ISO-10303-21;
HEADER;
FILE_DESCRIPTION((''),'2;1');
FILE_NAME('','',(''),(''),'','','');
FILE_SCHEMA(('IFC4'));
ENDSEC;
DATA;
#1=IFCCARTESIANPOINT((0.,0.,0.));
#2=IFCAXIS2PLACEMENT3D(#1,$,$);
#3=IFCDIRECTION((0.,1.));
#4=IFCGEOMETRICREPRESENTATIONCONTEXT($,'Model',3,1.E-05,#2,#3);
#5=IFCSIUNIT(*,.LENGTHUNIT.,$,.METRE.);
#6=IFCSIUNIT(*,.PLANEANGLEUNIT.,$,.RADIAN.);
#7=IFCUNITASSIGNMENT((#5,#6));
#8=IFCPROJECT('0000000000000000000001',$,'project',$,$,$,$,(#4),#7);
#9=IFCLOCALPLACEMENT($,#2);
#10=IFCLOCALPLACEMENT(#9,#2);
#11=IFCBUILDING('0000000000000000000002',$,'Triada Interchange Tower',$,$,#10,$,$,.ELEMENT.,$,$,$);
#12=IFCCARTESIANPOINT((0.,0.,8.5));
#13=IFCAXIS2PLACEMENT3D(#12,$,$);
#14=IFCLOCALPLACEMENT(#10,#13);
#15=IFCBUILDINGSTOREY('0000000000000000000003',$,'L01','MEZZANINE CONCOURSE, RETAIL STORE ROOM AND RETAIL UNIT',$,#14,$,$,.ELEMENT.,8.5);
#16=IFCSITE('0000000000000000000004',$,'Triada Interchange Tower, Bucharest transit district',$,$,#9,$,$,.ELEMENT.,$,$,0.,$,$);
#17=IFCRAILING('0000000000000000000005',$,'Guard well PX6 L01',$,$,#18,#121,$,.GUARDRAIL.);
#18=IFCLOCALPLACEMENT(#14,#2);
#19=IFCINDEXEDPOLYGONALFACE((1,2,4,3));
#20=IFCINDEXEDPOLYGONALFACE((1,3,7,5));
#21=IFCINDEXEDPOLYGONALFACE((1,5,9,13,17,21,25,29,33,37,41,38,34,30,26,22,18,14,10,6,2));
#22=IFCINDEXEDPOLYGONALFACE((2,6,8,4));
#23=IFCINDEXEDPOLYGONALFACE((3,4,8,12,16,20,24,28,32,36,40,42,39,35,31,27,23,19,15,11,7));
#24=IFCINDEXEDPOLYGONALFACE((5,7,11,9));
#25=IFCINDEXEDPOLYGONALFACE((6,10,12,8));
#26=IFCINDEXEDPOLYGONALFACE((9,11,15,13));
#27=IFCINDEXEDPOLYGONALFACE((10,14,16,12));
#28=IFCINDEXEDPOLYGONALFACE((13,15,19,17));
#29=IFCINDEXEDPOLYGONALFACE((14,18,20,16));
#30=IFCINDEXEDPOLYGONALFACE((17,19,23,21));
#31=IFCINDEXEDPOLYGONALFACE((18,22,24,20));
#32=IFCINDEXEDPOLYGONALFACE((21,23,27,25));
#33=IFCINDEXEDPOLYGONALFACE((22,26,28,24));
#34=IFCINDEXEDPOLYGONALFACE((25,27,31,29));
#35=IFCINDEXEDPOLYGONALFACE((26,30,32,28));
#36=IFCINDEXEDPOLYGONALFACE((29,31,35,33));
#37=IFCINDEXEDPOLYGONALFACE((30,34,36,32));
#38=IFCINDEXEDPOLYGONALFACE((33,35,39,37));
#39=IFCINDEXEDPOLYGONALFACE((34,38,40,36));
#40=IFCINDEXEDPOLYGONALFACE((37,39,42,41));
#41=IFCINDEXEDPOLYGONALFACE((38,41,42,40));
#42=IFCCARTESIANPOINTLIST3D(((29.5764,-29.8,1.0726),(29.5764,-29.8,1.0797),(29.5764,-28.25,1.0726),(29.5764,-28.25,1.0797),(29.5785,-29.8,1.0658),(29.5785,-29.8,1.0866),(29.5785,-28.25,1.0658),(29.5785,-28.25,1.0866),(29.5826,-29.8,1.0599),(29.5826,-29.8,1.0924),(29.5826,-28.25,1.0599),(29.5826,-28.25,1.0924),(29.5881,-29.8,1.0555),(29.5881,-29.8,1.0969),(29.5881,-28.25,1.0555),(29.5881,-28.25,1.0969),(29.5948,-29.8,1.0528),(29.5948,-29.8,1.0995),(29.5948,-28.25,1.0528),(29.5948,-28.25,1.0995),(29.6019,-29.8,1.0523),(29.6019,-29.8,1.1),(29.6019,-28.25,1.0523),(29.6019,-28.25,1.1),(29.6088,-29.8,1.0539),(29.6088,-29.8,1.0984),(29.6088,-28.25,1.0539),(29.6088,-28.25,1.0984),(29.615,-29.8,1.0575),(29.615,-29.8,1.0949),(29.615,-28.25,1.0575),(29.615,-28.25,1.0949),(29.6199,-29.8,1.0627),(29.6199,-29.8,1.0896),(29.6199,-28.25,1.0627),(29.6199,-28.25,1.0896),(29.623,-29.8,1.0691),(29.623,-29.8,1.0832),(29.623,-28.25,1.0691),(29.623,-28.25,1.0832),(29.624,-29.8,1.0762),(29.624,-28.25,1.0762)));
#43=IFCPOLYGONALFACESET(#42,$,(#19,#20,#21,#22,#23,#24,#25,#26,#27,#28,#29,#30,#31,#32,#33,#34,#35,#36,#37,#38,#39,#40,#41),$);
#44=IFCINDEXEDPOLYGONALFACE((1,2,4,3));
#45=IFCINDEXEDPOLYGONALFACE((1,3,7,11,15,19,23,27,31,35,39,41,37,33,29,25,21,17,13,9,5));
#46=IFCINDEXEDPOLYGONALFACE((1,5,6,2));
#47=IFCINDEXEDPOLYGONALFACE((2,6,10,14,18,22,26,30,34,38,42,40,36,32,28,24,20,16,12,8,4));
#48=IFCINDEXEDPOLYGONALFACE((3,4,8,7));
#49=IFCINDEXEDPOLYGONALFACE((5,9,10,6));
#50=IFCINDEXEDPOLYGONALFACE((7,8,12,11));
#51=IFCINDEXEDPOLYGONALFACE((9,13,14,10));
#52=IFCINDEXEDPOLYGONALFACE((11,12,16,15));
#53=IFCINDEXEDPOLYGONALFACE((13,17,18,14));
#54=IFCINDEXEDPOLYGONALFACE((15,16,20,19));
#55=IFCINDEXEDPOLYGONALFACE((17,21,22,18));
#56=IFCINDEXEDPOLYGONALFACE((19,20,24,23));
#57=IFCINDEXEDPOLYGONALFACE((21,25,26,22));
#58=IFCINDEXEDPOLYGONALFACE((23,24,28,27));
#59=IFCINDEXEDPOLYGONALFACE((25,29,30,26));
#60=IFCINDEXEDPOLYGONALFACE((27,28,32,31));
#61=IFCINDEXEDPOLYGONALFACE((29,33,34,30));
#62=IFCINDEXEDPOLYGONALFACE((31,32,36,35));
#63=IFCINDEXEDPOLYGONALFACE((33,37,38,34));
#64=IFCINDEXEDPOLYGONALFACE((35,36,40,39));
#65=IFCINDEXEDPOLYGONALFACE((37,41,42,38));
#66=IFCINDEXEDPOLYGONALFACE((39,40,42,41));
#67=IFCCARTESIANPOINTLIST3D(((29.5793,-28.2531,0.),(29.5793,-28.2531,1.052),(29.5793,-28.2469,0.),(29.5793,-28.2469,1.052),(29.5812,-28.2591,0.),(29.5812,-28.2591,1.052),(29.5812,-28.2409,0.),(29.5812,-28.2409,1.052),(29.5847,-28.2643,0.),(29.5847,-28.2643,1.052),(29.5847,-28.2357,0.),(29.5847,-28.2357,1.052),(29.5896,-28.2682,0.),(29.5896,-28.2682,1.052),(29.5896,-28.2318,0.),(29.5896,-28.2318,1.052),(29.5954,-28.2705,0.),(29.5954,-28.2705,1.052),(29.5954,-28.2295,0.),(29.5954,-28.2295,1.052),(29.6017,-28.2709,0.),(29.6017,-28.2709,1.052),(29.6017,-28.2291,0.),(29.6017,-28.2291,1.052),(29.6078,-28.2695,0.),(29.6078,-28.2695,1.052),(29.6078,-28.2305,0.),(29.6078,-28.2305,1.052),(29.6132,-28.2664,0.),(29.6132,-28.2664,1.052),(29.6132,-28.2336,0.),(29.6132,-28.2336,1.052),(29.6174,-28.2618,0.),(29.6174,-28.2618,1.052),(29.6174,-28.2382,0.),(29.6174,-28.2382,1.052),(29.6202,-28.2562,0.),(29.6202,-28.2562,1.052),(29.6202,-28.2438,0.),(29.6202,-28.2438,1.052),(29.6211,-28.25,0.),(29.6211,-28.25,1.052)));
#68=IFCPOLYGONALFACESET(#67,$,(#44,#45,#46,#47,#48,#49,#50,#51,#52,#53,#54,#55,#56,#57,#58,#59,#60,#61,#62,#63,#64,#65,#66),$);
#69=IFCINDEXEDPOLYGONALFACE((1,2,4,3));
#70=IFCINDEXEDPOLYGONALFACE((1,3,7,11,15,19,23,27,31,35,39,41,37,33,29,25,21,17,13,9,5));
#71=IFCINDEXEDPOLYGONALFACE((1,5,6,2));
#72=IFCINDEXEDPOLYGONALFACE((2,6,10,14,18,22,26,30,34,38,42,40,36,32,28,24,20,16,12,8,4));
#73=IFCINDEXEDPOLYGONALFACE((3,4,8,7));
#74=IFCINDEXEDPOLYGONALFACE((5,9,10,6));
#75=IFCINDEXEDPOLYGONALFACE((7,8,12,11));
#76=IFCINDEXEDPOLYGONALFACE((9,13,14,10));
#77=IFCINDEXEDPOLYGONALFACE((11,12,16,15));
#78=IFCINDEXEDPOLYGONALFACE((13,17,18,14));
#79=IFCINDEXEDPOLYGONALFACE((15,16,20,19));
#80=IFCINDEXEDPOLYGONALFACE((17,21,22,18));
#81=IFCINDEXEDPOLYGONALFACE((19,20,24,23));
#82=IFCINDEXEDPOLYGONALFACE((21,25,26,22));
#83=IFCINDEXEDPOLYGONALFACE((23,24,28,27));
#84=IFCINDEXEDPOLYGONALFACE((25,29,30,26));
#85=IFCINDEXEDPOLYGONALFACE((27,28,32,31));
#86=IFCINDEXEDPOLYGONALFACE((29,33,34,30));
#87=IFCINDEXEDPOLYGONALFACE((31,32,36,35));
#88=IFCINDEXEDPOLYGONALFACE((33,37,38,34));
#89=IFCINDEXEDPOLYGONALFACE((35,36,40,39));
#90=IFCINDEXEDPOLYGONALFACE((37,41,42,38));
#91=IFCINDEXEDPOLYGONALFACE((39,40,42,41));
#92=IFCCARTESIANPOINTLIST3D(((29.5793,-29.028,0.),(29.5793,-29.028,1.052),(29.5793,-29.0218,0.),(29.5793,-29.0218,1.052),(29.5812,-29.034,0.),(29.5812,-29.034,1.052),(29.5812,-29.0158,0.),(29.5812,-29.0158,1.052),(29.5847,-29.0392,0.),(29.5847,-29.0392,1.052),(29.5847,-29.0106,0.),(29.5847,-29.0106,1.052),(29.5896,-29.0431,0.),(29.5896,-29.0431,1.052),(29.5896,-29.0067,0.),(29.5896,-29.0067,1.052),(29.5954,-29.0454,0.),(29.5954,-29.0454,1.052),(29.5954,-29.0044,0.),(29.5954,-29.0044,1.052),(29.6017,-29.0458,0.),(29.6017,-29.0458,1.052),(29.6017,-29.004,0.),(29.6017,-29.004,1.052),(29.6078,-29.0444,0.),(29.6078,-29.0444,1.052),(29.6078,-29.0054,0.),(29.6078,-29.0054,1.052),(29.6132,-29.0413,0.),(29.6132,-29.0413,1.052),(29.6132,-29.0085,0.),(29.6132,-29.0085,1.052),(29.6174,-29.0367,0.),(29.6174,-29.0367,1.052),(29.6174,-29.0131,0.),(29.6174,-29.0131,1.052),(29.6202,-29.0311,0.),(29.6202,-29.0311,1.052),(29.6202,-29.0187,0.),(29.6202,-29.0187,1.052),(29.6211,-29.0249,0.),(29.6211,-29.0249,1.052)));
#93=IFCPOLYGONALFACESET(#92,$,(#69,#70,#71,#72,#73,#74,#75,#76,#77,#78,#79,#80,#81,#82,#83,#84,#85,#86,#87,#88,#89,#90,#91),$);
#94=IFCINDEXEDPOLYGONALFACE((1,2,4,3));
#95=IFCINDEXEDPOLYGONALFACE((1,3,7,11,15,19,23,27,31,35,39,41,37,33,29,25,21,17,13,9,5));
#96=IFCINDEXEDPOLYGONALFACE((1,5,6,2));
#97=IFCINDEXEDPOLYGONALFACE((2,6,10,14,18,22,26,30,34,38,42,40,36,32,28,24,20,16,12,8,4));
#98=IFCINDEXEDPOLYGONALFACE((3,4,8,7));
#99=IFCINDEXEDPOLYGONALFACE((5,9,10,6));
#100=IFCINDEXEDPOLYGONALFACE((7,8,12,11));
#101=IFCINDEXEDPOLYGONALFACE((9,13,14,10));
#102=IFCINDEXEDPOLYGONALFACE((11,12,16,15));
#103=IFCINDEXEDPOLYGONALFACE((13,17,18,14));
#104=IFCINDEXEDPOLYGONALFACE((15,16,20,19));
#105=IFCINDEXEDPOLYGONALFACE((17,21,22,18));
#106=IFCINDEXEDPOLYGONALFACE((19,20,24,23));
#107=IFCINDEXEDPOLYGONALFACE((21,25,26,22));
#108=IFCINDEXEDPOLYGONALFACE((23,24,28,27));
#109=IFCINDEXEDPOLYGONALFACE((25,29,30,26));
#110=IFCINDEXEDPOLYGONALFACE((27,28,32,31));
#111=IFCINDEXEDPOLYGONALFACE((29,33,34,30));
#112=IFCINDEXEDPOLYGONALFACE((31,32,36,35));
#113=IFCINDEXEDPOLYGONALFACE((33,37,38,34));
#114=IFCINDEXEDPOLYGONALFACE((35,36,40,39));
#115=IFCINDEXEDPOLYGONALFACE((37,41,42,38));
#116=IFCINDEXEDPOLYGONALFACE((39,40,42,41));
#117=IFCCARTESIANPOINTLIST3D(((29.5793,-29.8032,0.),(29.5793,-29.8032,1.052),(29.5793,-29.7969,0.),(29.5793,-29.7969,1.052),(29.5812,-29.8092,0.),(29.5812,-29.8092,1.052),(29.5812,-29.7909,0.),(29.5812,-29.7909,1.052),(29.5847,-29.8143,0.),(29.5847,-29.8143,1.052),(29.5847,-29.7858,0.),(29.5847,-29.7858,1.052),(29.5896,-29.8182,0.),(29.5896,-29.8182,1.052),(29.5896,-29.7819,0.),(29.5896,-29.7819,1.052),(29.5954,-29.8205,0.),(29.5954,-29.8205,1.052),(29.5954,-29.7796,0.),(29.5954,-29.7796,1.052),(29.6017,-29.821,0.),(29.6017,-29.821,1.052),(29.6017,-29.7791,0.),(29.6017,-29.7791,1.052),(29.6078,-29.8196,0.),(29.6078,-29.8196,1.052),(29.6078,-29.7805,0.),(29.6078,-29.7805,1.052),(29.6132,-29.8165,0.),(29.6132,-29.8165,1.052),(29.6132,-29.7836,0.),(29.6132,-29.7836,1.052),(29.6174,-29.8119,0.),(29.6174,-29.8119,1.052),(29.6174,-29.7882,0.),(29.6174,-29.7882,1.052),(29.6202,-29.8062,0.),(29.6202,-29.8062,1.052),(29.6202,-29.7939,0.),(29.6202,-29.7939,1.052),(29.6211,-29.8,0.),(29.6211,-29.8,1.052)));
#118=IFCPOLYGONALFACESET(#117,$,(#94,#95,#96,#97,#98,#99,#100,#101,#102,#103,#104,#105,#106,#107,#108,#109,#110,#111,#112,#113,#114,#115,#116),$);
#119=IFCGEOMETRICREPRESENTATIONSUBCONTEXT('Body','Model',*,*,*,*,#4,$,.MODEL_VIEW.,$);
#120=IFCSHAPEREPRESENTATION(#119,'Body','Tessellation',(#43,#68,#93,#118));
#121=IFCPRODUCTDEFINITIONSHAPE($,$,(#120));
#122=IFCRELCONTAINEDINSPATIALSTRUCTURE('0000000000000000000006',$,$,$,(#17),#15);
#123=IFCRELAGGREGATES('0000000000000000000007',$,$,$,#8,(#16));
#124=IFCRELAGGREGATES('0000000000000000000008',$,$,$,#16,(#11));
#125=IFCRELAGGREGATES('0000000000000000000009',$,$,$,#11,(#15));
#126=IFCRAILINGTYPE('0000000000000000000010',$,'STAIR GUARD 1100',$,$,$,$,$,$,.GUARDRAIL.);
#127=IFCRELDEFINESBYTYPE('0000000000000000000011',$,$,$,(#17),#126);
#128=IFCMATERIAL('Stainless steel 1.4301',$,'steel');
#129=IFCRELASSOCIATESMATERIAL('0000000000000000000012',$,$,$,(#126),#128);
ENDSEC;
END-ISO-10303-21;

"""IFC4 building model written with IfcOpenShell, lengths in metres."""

from ifc_helpers import new_model, si_unit, direction, frame, origin, origin_2d, place, context, subcontext, project, spatial, circle, extrude, material, type_object, element, save


model = new_model("IFC4")

# Units and contexts
model_context = context("Model", 3, precision=1e-05, world=origin(), true_north=direction((0.0, 1.0)))
body_context = subcontext(model_context, "Body", "Model", "MODEL_VIEW")
ifc_project = project(units=[si_unit("LENGTHUNIT", "METRE"), si_unit("PLANEANGLEUNIT", "RADIAN")], contexts=[model_context])

# Site, building, storey
site_placement = place(None, origin())
site = spatial("IfcSite", under=ifc_project, at=site_placement, Name="Triada Interchange Tower, Bucharest transit district", CompositionType="ELEMENT", RefElevation=0.0)
building_placement = place(site_placement, origin())
building = spatial("IfcBuilding", under=site, at=building_placement, Name="Triada Interchange Tower", CompositionType="ELEMENT")
storey_placement = place(building_placement, frame((0.0, 0.0, 8.5)))
storey = spatial("IfcBuildingStorey", under=building, at=storey_placement, Name="L01", Description="MEZZANINE CONCOURSE, RETAIL STORE ROOM AND RETAIL UNIT", CompositionType="ELEMENT", Elevation=8.5)

# Railing
ifc_material_1 = material(Name="Stainless steel 1.4301", Category="steel")
railing_type = type_object("IfcRailingType", Name="STAIR GUARD 1100", PredefinedType="GUARDRAIL", material=ifc_material_1)
railing_placement = place(storey_placement, frame((29.6001, -28.25, 0.0)))
element("IfcRailing", 1, at=railing_placement, inside=storey, type_object=railing_type, Name="Guard well PX6 L01", PredefinedType="GUARDRAIL", context=body_context, shape_type="SweptSolid", body=[
    extrude(circle(Radius=0.0239, at=origin_2d()), frame((0.0, 0.0, 1.0762), z_axis=(0.0, -1.0, 0.0), x_axis=(1.0, 0.0, 0.0)), (0.0, 0.0, 1.0), 1.55),
    extrude(circle(Radius=0.021, at=origin_2d()), origin(), (0.0, 0.0, 1.0), 1.052),
    extrude(circle(Radius=0.021, at=origin_2d()), frame((0.0, -0.7749, 0.0)), (0.0, 0.0, 1.0), 1.052),
    extrude(circle(Radius=0.021, at=origin_2d()), frame((0.0, -1.55, 0.0)), (0.0, 0.0, 1.0), 1.052),
])

save(model, "model.ifc")
